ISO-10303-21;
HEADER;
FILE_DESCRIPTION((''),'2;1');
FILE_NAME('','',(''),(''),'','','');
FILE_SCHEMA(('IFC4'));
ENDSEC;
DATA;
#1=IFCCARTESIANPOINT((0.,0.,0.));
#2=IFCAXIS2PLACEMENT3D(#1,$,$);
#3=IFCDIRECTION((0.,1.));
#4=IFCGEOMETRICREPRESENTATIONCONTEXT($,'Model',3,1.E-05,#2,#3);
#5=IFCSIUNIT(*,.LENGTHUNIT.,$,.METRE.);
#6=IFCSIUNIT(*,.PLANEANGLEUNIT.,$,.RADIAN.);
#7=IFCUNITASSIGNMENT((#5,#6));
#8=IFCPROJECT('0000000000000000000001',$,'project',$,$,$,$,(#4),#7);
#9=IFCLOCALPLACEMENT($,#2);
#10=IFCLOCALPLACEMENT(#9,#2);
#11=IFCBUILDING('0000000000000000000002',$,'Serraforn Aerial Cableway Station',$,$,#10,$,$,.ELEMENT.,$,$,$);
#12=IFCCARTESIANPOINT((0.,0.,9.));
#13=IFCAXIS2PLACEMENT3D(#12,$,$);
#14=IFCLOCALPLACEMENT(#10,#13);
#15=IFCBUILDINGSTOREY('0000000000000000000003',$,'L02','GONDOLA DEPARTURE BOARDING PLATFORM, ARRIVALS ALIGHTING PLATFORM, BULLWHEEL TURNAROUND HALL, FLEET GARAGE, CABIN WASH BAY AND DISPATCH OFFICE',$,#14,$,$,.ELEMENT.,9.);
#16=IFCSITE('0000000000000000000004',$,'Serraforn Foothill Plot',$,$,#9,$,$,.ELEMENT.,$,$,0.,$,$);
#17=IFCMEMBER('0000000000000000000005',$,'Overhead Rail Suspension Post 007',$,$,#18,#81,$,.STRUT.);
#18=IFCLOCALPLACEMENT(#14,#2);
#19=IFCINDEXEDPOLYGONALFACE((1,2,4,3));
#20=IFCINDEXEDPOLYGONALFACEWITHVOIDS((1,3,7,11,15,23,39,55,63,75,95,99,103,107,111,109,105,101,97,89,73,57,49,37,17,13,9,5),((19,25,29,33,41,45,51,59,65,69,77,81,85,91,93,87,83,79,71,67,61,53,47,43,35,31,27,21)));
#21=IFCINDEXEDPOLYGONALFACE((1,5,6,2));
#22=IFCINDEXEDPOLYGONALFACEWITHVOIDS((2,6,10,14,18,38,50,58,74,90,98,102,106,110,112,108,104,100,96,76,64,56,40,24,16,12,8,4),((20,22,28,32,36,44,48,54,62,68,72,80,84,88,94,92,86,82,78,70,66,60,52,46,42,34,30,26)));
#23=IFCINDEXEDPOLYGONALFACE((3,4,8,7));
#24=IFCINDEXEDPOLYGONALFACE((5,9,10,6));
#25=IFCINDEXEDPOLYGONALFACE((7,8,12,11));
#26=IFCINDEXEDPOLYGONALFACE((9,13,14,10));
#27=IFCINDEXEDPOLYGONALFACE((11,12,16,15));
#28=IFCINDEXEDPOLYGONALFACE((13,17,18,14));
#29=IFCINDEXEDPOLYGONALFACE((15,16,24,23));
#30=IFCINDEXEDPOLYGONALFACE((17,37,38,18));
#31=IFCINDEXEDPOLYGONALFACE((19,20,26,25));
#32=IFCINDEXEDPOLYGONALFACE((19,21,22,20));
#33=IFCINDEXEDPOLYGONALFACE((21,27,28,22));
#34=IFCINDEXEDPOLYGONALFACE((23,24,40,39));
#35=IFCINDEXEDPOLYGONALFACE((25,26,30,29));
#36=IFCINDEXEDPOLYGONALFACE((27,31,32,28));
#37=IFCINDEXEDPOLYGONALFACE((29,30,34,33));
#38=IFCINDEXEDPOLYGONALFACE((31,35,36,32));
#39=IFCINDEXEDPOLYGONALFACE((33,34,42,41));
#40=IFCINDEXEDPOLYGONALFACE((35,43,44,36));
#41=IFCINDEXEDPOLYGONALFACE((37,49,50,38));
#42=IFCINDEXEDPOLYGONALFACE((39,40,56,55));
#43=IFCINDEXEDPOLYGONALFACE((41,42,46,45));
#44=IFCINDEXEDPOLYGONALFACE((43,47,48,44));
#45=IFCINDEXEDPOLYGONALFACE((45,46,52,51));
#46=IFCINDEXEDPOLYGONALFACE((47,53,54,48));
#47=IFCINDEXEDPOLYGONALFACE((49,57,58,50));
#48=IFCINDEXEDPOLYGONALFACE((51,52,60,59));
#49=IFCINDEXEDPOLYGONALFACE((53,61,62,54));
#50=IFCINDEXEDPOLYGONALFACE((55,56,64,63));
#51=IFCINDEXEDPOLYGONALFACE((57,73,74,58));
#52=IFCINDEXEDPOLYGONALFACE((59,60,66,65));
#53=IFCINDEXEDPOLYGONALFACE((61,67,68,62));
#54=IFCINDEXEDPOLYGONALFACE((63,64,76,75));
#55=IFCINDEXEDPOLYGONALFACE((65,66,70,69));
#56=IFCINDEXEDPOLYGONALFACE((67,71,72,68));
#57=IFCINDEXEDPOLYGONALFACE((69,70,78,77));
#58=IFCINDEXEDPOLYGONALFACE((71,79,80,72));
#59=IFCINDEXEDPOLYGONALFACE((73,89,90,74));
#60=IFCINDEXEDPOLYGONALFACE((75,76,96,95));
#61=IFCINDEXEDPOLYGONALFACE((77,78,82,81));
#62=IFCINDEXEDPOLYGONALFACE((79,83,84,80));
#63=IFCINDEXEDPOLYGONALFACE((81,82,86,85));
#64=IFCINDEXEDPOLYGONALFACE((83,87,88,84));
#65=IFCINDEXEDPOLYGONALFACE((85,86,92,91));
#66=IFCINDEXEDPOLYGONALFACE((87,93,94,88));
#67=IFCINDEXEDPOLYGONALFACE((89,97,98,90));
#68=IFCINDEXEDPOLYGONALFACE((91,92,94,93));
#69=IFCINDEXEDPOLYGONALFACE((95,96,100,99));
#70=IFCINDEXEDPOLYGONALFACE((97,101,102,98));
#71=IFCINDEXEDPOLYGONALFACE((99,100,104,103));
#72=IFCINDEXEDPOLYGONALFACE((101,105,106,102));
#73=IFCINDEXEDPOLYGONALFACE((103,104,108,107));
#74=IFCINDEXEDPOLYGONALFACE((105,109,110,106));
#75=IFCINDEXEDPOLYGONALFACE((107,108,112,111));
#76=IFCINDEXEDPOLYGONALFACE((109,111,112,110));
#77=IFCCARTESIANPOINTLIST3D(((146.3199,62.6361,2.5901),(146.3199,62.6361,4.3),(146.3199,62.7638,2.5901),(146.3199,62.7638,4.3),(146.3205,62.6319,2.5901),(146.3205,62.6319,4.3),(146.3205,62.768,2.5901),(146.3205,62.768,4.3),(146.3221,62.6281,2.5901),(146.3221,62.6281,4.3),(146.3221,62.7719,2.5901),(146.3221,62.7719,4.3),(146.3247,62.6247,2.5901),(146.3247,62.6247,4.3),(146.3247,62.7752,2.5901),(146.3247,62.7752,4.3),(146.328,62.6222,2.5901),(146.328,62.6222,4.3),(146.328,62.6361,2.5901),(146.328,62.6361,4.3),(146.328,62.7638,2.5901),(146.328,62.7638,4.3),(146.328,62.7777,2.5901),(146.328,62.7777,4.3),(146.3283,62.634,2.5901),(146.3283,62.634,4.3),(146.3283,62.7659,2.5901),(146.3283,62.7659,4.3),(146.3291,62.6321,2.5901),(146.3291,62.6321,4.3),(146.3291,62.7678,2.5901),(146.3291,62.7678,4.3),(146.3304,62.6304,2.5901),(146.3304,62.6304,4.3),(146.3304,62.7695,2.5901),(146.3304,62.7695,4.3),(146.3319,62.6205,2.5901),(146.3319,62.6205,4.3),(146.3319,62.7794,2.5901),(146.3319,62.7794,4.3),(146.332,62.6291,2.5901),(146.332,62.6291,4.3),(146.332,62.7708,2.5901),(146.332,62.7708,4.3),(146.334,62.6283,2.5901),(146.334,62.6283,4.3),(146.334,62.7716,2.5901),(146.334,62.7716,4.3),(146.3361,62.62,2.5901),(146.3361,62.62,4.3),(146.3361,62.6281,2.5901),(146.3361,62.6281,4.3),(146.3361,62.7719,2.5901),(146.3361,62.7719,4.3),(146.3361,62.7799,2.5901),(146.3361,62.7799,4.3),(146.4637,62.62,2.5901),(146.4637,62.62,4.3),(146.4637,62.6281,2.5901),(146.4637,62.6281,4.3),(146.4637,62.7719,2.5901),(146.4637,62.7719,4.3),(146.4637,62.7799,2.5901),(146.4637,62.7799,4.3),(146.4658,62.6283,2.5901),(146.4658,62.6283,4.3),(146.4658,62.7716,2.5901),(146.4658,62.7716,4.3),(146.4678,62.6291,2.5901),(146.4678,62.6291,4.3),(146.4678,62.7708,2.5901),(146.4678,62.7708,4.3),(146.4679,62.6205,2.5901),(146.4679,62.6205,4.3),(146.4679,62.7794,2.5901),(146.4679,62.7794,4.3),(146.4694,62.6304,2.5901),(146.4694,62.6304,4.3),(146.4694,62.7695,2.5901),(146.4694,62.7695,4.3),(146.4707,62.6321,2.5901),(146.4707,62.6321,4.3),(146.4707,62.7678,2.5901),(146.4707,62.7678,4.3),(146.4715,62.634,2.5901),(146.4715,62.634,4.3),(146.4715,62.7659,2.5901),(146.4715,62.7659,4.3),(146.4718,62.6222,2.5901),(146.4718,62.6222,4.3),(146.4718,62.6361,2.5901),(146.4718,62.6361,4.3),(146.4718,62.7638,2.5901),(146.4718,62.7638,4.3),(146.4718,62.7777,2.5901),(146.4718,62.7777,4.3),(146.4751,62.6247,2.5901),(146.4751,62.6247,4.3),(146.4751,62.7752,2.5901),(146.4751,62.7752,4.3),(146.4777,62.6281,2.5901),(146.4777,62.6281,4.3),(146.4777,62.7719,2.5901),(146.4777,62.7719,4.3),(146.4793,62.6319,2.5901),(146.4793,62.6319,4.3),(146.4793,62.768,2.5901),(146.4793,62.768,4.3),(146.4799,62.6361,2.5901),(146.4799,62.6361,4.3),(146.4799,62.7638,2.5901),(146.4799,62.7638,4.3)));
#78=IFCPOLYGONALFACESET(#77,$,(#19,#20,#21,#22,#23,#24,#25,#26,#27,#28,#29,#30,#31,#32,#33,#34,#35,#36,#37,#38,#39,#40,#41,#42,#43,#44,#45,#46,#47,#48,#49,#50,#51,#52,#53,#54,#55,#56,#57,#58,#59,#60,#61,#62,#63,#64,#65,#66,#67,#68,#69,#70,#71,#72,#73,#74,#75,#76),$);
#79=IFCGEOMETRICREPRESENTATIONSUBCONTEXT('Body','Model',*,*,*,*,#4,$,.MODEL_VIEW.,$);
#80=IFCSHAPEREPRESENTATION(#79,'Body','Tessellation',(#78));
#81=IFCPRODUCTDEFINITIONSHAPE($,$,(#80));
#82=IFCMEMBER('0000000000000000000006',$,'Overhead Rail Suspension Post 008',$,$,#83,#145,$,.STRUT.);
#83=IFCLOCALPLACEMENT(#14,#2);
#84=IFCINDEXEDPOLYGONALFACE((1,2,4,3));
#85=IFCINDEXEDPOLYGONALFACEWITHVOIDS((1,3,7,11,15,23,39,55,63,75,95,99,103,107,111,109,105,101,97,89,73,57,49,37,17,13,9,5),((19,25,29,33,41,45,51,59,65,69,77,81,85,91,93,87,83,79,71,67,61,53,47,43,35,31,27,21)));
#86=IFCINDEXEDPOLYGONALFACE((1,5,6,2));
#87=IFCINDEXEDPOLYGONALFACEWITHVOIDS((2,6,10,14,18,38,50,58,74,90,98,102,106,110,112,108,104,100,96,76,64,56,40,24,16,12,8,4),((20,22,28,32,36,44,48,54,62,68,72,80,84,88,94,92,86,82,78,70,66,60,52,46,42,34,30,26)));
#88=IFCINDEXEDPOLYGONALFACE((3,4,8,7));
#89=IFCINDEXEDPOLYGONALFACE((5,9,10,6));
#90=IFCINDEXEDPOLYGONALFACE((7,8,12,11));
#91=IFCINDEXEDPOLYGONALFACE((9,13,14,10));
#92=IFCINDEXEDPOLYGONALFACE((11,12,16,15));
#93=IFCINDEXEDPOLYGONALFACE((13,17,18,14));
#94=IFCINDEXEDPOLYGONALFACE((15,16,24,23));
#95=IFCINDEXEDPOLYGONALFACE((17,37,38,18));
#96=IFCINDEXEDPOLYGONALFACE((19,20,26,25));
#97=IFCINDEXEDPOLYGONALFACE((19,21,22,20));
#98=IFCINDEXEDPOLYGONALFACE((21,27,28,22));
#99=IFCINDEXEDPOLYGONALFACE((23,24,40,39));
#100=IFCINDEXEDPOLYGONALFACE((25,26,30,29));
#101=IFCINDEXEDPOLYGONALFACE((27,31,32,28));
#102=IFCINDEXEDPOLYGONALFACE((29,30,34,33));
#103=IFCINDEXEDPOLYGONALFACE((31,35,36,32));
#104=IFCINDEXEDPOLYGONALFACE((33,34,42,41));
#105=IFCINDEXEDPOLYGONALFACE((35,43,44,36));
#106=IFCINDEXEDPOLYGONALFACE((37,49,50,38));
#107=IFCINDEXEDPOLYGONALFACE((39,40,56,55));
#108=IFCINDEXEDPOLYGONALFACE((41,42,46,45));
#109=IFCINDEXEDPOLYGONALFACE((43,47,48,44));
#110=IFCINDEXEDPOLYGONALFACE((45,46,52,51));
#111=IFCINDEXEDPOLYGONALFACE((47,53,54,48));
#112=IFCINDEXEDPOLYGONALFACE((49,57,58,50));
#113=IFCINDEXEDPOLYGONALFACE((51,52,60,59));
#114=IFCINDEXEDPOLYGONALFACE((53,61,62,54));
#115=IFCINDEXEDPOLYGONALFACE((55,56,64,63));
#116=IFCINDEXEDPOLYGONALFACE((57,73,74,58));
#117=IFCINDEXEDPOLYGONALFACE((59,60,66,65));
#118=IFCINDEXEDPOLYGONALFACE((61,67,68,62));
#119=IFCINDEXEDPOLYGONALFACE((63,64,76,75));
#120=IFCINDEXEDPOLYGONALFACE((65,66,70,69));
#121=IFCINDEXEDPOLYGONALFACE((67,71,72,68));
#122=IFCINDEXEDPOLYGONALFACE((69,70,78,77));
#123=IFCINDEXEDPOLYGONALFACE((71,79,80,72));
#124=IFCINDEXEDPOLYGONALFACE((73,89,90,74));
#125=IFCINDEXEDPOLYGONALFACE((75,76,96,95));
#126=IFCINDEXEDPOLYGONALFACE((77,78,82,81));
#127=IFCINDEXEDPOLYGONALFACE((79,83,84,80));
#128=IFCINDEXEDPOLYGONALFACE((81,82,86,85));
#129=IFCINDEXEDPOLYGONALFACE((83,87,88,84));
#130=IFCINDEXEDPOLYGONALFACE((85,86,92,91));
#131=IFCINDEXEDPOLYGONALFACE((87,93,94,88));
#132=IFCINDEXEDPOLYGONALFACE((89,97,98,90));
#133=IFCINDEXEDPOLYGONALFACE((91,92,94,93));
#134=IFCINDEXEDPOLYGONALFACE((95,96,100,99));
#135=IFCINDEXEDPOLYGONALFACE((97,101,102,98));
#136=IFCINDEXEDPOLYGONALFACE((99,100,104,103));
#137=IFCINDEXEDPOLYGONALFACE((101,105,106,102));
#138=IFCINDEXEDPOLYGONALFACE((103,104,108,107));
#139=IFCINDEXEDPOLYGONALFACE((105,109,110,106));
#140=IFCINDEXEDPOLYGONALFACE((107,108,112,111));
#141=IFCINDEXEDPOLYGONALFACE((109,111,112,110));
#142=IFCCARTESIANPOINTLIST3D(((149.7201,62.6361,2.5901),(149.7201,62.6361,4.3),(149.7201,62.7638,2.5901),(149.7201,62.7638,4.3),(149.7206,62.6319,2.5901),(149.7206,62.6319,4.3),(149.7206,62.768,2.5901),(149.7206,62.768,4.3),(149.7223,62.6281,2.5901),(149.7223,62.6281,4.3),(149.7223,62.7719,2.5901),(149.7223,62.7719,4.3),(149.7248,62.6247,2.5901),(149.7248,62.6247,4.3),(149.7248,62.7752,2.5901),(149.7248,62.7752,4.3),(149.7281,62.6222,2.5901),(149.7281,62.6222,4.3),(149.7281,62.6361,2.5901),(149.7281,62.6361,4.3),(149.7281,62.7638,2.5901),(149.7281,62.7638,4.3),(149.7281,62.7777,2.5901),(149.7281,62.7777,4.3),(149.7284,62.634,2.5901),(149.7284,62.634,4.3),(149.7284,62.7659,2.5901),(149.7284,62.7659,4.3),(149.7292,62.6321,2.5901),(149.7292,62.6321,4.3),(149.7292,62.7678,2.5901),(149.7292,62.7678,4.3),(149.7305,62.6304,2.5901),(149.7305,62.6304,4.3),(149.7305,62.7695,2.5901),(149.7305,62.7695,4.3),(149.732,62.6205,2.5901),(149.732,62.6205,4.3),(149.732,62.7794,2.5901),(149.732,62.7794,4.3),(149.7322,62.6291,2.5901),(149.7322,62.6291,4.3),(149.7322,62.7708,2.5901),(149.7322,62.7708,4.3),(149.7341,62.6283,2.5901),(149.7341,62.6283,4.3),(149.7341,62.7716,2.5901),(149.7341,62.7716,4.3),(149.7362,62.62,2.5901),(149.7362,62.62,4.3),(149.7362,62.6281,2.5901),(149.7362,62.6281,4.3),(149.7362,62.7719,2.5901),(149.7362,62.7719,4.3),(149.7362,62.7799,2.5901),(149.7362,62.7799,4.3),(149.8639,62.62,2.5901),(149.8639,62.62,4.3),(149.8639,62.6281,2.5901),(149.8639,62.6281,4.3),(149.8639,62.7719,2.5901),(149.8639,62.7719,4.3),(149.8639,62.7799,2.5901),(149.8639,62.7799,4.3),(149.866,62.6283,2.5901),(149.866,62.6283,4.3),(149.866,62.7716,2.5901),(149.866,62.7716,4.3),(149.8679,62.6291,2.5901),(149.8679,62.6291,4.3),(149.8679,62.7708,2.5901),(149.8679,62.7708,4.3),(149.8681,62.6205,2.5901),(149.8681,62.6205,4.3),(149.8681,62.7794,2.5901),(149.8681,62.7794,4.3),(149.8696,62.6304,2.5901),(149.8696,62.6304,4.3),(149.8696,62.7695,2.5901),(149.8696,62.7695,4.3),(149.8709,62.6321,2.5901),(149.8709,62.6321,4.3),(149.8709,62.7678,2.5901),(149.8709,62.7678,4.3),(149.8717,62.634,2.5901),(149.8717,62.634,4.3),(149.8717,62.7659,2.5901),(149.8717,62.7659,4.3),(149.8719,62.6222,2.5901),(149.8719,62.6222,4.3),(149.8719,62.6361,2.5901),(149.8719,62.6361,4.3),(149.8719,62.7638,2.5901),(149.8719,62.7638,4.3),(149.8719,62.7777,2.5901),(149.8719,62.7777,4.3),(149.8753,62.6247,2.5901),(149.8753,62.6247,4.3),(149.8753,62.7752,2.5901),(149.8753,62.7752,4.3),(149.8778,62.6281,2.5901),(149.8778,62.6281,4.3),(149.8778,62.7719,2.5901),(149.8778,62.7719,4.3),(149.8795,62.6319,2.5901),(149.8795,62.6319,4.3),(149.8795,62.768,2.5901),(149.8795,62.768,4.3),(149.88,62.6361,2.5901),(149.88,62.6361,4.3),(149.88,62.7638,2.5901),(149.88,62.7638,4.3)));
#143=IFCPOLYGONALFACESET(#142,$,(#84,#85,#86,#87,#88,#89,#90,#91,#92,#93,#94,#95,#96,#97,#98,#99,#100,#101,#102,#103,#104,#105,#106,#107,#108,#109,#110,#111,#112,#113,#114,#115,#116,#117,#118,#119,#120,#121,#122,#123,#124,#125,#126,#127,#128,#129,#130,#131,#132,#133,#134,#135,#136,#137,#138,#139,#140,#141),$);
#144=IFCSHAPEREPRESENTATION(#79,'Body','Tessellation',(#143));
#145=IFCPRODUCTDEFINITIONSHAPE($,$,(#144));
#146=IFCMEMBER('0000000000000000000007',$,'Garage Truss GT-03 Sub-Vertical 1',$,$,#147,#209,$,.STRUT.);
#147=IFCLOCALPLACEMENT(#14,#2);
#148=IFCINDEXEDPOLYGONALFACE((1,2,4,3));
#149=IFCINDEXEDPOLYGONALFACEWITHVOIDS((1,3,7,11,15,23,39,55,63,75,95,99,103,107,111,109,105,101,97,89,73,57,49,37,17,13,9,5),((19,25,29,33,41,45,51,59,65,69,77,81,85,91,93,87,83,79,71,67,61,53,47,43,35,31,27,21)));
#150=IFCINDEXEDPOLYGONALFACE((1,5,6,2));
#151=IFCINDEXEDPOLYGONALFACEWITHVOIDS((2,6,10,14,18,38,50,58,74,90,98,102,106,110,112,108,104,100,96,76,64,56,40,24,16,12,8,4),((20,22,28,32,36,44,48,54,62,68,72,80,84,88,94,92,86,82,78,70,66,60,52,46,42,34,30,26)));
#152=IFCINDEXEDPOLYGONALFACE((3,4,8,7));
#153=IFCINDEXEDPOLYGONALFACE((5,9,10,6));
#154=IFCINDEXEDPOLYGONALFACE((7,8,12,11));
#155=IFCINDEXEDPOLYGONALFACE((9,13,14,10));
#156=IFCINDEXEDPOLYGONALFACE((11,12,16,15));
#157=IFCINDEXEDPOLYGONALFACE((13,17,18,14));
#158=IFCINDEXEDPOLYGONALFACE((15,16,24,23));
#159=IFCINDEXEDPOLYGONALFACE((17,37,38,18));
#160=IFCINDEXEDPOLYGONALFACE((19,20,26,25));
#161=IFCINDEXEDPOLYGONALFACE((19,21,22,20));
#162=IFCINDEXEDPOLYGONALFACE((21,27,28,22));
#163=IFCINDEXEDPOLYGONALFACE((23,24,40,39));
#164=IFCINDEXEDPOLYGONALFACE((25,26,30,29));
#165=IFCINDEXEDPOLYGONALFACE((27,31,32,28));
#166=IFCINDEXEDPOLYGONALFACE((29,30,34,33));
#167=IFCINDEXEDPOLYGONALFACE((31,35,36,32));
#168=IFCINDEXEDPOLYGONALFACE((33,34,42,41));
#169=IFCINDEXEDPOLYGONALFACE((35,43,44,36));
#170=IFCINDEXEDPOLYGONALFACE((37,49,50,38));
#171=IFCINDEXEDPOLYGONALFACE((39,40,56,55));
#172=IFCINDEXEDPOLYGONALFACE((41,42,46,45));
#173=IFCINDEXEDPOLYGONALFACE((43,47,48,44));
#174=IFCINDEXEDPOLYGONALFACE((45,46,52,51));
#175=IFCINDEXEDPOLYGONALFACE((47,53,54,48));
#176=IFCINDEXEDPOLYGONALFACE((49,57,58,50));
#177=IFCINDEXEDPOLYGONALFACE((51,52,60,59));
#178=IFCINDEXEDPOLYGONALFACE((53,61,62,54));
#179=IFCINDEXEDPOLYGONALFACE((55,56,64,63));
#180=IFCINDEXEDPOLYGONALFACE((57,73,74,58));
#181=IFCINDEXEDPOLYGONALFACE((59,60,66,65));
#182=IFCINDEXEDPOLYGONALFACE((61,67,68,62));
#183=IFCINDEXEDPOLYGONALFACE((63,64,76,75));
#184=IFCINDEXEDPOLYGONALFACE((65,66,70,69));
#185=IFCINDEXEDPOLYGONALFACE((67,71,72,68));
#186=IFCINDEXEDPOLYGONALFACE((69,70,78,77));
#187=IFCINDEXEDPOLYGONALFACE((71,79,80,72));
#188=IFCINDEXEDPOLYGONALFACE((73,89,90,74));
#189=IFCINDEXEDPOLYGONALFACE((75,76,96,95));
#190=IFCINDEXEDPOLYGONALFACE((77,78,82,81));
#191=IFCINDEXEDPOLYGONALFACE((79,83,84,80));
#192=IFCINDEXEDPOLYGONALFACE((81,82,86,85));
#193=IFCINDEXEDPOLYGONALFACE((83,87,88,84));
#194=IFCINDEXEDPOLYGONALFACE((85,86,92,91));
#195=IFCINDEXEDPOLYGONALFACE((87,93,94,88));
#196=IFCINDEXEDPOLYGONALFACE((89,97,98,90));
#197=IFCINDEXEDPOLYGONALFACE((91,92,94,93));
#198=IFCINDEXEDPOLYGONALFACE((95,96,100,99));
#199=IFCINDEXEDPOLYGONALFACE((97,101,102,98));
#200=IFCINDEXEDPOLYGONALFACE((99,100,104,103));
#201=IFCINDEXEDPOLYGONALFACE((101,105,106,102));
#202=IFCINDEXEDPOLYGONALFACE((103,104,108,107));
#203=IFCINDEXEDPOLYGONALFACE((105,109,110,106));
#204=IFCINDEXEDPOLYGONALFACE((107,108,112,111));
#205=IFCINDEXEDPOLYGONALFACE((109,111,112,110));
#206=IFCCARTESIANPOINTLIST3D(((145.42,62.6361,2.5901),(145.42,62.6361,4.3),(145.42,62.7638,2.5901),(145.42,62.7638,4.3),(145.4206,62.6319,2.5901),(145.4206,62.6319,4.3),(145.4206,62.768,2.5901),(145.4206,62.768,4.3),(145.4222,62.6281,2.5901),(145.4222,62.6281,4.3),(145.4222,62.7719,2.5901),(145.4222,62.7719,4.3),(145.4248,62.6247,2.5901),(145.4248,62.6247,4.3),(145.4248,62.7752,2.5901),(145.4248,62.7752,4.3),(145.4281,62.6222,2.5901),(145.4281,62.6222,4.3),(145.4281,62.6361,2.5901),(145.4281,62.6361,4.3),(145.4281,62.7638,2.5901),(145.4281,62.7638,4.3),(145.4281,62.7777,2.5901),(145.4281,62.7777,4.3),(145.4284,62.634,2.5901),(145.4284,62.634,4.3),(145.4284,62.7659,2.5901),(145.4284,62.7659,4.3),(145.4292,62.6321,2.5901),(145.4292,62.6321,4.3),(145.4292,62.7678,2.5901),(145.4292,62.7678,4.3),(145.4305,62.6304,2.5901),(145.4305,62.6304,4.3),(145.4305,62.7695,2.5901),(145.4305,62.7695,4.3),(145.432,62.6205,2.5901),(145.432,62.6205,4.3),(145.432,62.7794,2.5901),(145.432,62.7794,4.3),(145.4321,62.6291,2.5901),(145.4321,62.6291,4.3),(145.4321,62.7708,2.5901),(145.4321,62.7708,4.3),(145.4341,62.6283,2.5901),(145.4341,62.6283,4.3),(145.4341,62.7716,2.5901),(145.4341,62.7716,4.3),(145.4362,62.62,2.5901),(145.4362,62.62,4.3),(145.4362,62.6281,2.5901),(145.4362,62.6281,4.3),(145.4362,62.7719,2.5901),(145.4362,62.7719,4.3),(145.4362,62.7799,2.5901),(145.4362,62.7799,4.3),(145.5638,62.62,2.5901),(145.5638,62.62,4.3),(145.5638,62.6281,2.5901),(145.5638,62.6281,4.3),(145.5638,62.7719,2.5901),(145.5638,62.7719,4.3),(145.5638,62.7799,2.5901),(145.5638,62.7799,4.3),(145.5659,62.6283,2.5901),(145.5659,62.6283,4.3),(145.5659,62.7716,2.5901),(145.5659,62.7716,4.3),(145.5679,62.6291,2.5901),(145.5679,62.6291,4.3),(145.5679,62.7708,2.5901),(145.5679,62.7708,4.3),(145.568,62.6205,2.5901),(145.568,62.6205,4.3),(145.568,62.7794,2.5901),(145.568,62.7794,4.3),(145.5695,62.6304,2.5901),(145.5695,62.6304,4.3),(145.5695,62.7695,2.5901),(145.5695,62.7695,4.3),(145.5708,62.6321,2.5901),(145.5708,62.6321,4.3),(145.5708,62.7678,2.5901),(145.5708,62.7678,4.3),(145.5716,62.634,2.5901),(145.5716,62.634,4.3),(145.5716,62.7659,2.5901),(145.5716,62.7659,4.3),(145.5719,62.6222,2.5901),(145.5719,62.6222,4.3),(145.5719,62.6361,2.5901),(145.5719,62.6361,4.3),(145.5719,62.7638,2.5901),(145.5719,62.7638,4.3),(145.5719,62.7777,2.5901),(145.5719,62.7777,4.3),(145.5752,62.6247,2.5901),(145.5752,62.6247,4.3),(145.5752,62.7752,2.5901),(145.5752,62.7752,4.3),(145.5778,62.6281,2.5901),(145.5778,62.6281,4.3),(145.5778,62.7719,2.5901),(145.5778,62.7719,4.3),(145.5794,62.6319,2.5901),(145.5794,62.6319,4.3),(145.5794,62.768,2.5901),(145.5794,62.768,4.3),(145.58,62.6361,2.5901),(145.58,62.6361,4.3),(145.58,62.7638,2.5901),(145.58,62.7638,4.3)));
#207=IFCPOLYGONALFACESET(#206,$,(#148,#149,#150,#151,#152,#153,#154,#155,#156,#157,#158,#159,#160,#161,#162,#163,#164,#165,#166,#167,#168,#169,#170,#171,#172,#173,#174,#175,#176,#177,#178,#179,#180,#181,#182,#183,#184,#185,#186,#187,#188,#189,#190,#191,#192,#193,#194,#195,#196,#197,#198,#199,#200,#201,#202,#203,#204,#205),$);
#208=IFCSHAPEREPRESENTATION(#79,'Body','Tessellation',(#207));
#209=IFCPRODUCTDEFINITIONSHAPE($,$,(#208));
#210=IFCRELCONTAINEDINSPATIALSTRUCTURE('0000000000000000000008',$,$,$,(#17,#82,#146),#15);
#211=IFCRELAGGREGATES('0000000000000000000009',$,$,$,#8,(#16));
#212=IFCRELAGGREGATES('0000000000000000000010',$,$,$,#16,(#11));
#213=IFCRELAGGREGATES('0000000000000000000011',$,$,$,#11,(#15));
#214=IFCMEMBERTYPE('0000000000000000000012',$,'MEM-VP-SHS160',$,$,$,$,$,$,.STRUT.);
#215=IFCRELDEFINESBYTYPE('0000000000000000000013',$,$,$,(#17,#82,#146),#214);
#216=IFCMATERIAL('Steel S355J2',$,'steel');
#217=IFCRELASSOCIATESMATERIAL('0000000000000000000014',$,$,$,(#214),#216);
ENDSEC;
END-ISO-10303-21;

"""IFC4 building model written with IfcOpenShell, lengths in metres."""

from ifc_helpers import new_model, si_unit, direction, frame, origin, origin_2d, place, context, subcontext, project, spatial, hollow_rectangle, extrude, material, material_profile, profile_set, type_object, element, save


model = new_model("IFC4")

# Units and contexts
model_context = context("Model", 3, precision=1e-05, world=origin(), true_north=direction((0.0, 1.0)))
body_context = subcontext(model_context, "Body", "Model", "MODEL_VIEW")
ifc_project = project(units=[si_unit("LENGTHUNIT", "METRE"), si_unit("PLANEANGLEUNIT", "RADIAN")], contexts=[model_context])

# Site, building, storey
site_placement = place(None, origin())
site = spatial("IfcSite", under=ifc_project, at=site_placement, Name="Serraforn Foothill Plot", CompositionType="ELEMENT", RefElevation=0.0)
building_placement = place(site_placement, origin())
building = spatial("IfcBuilding", under=site, at=building_placement, Name="Serraforn Aerial Cableway Station", CompositionType="ELEMENT")
storey_placement = place(building_placement, frame((0.0, 0.0, 9.0)))
storey = spatial("IfcBuildingStorey", under=building, at=storey_placement, Name="L02", Description="GONDOLA DEPARTURE BOARDING PLATFORM, ARRIVALS ALIGHTING PLATFORM, BULLWHEEL TURNAROUND HALL, FLEET GARAGE, CABIN WASH BAY AND DISPATCH OFFICE", CompositionType="ELEMENT", Elevation=9.0)

# Members
ifc_material_1 = material(Name="Steel S355J2", Category="steel")
ifc_material_profile_1 = material_profile(ifc_material_1, hollow_rectangle(XDim=0.1599, YDim=0.1599, WallThickness=0.0081, InnerFilletRadius=0.0081, OuterFilletRadius=0.0161, at=origin_2d()), Name="SHS 160x160x8.0")
ifc_profile_set_1 = profile_set([ifc_material_profile_1], Name="Steel S355J2")
member_type_1 = type_object("IfcMemberType", Name="MEM-VP-SHS160", PredefinedType="STRUT", material=ifc_profile_set_1)
for number, where, z_axis, x_axis, name in (
    (1, (146.3999, 62.7, 2.5901), (0.0, 0.0, 1.0), (1.0, 0.0, 0.0), "Overhead Rail Suspension Post 007"),
    (2, (149.8, 62.7, 2.5901), (0.0, 0.0, 1.0), (1.0, 0.0, 0.0), "Overhead Rail Suspension Post 008"),
    (3, (145.5, 62.7, 2.5901), (0.0, 0.0, 1.0), (1.0, 0.0, 0.0), "Garage Truss GT-03 Sub-Vertical 1"),
):
    element("IfcMember", number, at=place(storey_placement, frame(where, z_axis=z_axis, x_axis=x_axis)), inside=storey, type_object=member_type_1, Name=name, PredefinedType="STRUT", context=body_context, shape_type="SweptSolid", body=[
        extrude(hollow_rectangle(XDim=0.1599, YDim=0.1599, WallThickness=0.0081, InnerFilletRadius=0.0081, OuterFilletRadius=0.0161, at=origin_2d()), origin(), (0.0, 0.0, 1.0), 1.71),
    ])

save(model, "model.ifc")
